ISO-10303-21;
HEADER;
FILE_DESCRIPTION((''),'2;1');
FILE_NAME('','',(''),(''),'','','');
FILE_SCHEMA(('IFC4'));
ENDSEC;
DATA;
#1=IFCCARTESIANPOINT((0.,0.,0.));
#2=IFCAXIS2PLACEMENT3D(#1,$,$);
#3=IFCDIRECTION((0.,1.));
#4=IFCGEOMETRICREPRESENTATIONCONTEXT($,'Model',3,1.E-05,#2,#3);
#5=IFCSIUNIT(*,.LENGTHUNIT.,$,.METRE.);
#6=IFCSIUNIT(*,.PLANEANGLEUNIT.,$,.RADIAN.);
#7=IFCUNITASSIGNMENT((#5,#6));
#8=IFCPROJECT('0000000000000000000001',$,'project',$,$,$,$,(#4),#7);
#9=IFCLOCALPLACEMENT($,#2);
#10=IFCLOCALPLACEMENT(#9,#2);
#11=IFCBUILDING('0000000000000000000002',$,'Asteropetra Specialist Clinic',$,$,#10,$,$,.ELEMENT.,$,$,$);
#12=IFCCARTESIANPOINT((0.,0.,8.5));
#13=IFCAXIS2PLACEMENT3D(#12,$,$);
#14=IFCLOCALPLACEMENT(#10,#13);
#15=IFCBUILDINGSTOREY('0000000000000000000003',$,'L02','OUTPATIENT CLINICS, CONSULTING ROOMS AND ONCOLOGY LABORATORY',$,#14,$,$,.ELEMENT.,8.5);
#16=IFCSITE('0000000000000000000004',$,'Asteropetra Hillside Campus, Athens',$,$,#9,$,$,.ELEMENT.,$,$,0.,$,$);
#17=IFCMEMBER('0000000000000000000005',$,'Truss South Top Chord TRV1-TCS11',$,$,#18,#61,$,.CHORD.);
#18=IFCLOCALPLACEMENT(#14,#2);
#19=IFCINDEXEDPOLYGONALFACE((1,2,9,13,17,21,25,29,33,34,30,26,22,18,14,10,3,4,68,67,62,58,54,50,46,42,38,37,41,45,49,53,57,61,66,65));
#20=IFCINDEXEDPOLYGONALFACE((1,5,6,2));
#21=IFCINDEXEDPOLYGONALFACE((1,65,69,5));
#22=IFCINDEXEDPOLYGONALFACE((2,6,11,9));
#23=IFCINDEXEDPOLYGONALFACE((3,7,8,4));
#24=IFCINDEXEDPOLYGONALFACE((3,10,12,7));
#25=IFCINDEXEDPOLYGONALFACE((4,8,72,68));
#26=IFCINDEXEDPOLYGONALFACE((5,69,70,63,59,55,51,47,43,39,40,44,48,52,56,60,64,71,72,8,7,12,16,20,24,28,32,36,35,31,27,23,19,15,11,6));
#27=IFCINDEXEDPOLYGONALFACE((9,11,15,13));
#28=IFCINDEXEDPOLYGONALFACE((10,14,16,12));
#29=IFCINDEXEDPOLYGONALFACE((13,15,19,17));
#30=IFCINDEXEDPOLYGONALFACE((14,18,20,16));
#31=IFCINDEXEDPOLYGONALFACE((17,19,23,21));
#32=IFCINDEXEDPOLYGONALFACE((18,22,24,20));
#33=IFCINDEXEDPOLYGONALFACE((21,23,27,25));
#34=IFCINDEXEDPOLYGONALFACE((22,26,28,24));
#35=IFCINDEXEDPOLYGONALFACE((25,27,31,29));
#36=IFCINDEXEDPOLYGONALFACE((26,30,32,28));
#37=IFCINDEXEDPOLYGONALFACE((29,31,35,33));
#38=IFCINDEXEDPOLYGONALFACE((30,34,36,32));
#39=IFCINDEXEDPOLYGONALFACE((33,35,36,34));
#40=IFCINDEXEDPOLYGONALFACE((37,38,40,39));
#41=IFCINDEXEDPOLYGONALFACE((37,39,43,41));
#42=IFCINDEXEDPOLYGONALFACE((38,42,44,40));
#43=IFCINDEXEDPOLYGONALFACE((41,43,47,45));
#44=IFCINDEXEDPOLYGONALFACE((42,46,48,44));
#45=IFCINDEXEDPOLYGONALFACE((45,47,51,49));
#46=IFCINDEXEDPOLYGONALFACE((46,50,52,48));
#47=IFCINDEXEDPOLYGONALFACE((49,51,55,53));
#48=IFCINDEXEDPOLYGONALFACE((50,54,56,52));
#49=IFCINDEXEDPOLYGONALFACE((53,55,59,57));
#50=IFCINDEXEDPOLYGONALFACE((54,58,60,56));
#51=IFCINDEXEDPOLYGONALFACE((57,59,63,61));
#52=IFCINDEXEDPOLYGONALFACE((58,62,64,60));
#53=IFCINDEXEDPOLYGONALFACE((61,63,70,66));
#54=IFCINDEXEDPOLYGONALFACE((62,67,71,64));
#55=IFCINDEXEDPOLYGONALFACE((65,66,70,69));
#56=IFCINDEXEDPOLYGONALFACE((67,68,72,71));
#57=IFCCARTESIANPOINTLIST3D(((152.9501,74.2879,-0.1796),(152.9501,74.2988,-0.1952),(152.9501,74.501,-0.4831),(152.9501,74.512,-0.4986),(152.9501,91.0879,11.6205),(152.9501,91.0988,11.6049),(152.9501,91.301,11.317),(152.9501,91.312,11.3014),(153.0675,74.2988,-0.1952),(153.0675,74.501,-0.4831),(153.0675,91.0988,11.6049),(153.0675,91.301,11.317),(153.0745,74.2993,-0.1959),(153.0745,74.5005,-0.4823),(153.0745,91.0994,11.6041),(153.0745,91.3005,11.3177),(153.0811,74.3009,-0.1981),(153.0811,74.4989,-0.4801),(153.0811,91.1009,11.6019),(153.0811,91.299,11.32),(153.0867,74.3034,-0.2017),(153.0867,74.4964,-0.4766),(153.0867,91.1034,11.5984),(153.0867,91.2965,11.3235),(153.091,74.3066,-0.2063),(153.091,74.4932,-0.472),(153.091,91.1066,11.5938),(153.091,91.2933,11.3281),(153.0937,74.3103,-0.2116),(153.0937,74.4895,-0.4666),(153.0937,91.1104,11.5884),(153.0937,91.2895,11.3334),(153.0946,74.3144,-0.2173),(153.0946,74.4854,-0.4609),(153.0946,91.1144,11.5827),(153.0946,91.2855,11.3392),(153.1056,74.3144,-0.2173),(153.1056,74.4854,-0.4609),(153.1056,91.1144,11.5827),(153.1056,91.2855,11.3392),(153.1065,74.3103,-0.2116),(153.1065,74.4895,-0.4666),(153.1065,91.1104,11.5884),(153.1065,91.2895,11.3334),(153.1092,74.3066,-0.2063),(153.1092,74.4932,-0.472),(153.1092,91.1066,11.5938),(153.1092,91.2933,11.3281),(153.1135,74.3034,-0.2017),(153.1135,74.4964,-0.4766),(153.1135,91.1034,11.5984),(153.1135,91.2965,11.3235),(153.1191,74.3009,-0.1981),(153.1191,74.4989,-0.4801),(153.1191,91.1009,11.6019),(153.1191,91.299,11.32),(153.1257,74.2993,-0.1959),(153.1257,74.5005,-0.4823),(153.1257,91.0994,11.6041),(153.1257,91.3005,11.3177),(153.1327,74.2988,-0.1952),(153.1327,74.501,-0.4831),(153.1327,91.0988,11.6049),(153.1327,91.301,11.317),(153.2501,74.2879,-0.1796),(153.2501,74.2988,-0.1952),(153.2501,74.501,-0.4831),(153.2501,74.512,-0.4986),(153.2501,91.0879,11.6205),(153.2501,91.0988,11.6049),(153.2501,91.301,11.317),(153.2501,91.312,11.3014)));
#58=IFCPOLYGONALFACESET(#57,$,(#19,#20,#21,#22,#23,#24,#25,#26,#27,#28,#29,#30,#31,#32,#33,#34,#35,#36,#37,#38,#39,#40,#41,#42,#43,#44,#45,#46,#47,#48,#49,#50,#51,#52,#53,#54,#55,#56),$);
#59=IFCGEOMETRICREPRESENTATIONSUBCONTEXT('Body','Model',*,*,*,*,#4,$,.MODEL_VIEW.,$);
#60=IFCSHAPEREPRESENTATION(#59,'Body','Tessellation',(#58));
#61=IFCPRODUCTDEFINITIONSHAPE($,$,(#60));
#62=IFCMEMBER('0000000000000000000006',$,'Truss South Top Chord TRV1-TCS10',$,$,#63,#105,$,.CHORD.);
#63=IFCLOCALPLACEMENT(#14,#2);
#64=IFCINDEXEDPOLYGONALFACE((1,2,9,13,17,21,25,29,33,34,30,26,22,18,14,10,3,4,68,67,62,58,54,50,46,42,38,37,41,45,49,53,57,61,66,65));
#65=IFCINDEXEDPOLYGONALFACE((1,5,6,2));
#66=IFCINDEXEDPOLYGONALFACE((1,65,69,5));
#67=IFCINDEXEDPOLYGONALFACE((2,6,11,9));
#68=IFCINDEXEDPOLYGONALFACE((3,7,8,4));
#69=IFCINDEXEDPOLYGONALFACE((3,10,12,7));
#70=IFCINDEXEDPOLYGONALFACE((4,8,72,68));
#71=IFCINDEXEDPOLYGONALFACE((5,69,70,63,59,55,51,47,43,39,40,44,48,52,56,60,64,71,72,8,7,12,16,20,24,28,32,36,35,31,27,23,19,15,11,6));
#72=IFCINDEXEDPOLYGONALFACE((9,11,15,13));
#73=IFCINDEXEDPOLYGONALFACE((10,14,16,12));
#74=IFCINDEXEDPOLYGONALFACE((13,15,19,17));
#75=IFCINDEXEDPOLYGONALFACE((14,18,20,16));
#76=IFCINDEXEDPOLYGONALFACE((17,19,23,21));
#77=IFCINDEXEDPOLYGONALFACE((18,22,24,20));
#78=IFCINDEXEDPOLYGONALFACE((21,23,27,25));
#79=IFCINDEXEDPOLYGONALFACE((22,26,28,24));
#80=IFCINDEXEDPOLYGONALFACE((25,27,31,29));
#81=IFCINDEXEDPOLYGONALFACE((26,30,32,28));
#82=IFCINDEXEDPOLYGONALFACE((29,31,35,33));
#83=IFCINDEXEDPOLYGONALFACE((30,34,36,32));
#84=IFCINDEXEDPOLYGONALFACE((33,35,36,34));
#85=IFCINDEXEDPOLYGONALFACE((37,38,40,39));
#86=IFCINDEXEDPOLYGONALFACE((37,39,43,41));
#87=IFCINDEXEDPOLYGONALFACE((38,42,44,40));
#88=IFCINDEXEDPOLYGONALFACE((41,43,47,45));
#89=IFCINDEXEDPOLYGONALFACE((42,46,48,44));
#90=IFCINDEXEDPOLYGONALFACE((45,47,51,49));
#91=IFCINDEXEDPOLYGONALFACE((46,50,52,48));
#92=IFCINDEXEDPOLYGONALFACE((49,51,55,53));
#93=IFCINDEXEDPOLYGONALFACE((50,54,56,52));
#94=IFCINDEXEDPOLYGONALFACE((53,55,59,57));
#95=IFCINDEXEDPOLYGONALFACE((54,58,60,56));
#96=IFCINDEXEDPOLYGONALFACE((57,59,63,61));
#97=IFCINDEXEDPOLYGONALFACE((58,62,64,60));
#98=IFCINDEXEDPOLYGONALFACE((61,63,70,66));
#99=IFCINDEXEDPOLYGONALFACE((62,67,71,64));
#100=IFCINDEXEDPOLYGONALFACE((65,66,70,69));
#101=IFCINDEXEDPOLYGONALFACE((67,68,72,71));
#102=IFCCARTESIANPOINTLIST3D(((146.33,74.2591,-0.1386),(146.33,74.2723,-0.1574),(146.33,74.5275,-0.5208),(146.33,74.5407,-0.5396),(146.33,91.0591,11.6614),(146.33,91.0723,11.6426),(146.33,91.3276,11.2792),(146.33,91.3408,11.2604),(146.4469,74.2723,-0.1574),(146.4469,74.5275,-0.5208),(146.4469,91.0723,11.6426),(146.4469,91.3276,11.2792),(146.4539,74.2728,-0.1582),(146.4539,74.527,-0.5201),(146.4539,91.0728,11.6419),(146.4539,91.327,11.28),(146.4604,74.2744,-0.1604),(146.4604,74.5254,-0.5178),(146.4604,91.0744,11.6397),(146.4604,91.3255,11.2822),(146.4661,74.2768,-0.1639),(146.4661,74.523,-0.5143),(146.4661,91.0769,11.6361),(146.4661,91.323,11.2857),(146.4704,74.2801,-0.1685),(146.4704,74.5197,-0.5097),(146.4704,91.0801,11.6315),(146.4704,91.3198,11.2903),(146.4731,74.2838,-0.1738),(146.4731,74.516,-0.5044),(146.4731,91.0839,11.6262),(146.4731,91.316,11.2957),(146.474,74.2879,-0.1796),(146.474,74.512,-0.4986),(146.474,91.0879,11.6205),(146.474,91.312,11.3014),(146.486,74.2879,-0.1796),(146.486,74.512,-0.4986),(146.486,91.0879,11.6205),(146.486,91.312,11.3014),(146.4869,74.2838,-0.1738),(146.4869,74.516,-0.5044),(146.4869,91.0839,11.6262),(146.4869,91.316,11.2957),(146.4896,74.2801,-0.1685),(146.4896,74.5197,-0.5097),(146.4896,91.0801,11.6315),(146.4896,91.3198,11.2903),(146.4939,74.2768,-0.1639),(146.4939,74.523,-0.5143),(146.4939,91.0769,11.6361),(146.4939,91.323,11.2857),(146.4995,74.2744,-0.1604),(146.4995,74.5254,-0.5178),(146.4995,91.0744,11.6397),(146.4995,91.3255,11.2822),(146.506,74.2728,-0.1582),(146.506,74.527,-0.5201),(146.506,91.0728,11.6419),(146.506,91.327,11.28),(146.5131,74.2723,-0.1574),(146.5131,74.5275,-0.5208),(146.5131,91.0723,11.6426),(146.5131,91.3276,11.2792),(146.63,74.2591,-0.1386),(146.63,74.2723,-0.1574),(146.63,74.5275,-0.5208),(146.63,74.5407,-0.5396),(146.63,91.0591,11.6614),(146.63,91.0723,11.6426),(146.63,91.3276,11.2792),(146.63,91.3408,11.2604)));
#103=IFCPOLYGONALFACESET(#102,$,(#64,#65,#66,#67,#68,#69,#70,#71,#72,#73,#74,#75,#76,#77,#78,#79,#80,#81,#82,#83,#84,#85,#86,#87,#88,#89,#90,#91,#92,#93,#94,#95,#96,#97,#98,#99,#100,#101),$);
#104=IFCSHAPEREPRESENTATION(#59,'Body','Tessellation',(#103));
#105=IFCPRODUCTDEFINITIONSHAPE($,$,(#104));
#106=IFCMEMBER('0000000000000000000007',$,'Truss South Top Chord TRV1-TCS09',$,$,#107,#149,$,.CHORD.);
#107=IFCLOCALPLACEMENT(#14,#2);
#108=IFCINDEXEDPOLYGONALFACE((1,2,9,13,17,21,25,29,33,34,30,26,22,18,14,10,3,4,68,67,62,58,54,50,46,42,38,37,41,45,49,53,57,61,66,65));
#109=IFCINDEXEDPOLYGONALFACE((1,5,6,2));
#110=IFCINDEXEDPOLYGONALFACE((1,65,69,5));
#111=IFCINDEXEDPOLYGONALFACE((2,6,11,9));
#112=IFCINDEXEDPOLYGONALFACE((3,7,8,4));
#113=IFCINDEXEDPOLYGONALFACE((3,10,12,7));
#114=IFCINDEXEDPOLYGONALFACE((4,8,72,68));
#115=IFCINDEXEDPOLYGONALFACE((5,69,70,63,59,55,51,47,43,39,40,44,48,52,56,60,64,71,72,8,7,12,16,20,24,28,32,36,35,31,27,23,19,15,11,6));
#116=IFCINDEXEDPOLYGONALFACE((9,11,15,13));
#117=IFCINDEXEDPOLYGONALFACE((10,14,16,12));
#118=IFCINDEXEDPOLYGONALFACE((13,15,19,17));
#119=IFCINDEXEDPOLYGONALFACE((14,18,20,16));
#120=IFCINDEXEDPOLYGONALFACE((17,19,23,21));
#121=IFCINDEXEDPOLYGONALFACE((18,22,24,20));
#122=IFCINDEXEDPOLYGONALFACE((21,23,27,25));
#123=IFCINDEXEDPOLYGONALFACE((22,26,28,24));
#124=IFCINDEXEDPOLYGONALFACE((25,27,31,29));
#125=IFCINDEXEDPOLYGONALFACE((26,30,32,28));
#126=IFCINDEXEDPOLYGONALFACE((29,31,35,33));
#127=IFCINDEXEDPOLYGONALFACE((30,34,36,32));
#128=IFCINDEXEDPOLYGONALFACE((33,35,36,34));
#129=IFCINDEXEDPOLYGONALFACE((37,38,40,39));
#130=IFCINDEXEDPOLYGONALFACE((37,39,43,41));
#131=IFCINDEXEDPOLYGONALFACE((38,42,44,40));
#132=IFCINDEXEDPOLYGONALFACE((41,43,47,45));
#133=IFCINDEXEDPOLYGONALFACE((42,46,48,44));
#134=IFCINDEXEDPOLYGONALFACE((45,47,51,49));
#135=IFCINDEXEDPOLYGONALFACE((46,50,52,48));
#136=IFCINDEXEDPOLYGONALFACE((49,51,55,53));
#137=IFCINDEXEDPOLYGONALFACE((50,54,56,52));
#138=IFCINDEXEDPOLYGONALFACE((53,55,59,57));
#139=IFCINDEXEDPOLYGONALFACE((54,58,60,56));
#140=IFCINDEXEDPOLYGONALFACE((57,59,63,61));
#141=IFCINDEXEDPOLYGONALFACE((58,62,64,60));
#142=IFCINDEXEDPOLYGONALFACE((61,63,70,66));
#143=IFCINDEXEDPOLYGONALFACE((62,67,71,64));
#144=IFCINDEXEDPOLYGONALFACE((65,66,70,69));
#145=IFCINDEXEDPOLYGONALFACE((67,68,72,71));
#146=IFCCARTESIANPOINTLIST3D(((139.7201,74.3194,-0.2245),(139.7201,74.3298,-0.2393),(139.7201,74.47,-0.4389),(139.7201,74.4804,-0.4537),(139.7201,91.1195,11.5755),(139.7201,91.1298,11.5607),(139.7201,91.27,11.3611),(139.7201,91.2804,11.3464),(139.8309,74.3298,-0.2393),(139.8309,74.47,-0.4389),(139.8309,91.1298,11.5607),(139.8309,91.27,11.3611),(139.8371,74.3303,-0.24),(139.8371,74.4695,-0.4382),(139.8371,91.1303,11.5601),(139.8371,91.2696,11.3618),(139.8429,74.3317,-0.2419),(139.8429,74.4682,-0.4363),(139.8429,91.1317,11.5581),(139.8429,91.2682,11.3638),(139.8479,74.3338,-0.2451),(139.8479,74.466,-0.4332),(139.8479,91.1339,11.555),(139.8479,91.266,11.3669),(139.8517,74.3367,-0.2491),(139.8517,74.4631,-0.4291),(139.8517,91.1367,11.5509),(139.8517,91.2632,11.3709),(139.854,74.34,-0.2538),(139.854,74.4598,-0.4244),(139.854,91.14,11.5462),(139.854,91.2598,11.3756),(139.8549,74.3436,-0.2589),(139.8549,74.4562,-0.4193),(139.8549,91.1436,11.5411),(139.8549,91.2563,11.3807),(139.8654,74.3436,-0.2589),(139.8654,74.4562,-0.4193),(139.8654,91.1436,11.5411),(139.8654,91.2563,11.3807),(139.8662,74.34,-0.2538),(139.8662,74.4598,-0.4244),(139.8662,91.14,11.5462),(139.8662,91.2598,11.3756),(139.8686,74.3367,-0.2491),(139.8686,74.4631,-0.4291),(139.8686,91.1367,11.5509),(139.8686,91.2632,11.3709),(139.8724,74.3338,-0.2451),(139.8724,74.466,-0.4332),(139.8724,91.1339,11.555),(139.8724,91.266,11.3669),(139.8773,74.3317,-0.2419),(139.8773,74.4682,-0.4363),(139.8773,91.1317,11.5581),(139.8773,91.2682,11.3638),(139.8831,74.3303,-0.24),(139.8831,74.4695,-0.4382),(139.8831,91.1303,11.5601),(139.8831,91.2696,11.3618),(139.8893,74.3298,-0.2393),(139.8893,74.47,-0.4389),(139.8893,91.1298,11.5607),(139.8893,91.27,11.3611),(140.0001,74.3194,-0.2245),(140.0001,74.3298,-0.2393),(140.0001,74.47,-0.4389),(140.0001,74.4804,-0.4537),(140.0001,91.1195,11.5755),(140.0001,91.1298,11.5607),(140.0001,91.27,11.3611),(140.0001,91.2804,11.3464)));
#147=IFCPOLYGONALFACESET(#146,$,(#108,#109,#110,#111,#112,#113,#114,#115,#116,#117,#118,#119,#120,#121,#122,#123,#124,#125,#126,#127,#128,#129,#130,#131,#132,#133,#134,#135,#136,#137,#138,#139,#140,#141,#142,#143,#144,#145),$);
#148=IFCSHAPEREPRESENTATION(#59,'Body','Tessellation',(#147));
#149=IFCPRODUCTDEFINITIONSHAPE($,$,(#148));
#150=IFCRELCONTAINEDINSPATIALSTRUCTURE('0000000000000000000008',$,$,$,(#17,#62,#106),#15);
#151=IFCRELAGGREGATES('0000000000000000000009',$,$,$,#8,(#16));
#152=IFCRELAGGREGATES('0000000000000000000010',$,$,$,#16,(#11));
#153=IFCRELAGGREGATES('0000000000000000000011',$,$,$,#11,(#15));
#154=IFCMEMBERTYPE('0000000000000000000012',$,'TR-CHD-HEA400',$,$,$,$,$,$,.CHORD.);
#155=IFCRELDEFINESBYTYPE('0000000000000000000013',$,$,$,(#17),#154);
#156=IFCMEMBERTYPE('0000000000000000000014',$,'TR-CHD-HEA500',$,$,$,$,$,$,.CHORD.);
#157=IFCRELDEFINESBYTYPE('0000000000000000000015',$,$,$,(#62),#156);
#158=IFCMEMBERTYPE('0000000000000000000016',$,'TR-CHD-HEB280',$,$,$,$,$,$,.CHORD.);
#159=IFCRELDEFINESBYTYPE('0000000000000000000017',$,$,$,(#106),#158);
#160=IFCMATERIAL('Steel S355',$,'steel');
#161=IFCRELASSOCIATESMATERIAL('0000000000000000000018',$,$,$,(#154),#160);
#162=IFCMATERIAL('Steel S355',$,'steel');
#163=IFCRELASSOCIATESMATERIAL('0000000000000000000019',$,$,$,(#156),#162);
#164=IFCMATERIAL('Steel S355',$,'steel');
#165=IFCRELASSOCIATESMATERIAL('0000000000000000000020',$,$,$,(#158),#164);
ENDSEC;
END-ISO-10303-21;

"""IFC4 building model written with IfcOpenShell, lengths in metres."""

from ifc_helpers import new_model, si_unit, direction, frame, origin, origin_2d, place, context, subcontext, project, spatial, i_section, extrude, material, material_profile, profile_set, type_object, element, save


model = new_model("IFC4")

# Units and contexts
model_context = context("Model", 3, precision=1e-05, world=origin(), true_north=direction((0.0, 1.0)))
body_context = subcontext(model_context, "Body", "Model", "MODEL_VIEW")
ifc_project = project(units=[si_unit("LENGTHUNIT", "METRE"), si_unit("PLANEANGLEUNIT", "RADIAN")], contexts=[model_context])

# Site, building, storey
site_placement = place(None, origin())
site = spatial("IfcSite", under=ifc_project, at=site_placement, Name="Asteropetra Hillside Campus, Athens", CompositionType="ELEMENT", RefElevation=0.0)
building_placement = place(site_placement, origin())
building = spatial("IfcBuilding", under=site, at=building_placement, Name="Asteropetra Specialist Clinic", CompositionType="ELEMENT")
storey_placement = place(building_placement, frame((0.0, 0.0, 8.5)))
storey = spatial("IfcBuildingStorey", under=building, at=storey_placement, Name="L02", Description="OUTPATIENT CLINICS, CONSULTING ROOMS AND ONCOLOGY LABORATORY", CompositionType="ELEMENT", Elevation=8.5)

# Members
ifc_material_1 = material(Name="Steel S355", Category="steel")
ifc_material_profile_1 = material_profile(ifc_material_1, i_section(OverallWidth=0.3, OverallDepth=0.3899, WebThickness=0.011, FlangeThickness=0.019, FilletRadius=0.0271, at=origin_2d()), Name="HEA 400")
ifc_profile_set_1 = profile_set([ifc_material_profile_1], Name="Steel S355")
member_type_1 = type_object("IfcMemberType", Name="TR-CHD-HEA400", PredefinedType="CHORD", material=ifc_profile_set_1)
for number, where, z_axis, x_axis, name in (
    (1, (153.1001, 74.3999, -0.3391), (0.0, 0.818315, 0.57477), (-1.0, 0.0, 0.0), "Truss South Top Chord TRV1-TCS11"),
):
    element("IfcMember", number, at=place(storey_placement, frame(where, z_axis=z_axis, x_axis=x_axis)), inside=storey, type_object=member_type_1, Name=name, PredefinedType="CHORD", context=body_context, shape_type="SweptSolid", body=[
        extrude(i_section(OverallWidth=0.3, OverallDepth=0.3899, WebThickness=0.011, FlangeThickness=0.019, FilletRadius=0.0271, at=origin_2d()), origin(), (0.0, 0.0, 1.0), 20.53),
    ])
ifc_material_2 = material(Name="Steel S355", Category="steel")
ifc_material_profile_2 = material_profile(ifc_material_2, i_section(OverallWidth=0.3, OverallDepth=0.49, WebThickness=0.012, FlangeThickness=0.0229, FilletRadius=0.0271, at=origin_2d()), Name="HEA 500")
ifc_profile_set_2 = profile_set([ifc_material_profile_2], Name="Steel S355")
member_type_2 = type_object("IfcMemberType", Name="TR-CHD-HEA500", PredefinedType="CHORD", material=ifc_profile_set_2)
member_1_placement = place(storey_placement, frame((146.48, 74.3999, -0.3391), z_axis=(0.0, 0.818315, 0.57477), x_axis=(-1.0, 0.0, 0.0)))
element("IfcMember", 2, at=member_1_placement, inside=storey, type_object=member_type_2, Name="Truss South Top Chord TRV1-TCS10", PredefinedType="CHORD", context=body_context, shape_type="SweptSolid", body=[
    extrude(i_section(OverallWidth=0.3, OverallDepth=0.49, WebThickness=0.012, FlangeThickness=0.0229, FilletRadius=0.0271, at=origin_2d()), origin(), (0.0, 0.0, 1.0), 20.53),
])
ifc_material_3 = material(Name="Steel S355", Category="steel")
ifc_material_profile_3 = material_profile(ifc_material_3, i_section(OverallWidth=0.28, OverallDepth=0.28, WebThickness=0.0105, FlangeThickness=0.0181, FilletRadius=0.0239, at=origin_2d()), Name="HEB 280")
ifc_profile_set_3 = profile_set([ifc_material_profile_3], Name="Steel S355")
member_type_3 = type_object("IfcMemberType", Name="TR-CHD-HEB280", PredefinedType="CHORD", material=ifc_profile_set_3)
member_2_placement = place(storey_placement, frame((139.8601, 74.3999, -0.3391), z_axis=(0.0, 0.818315, 0.57477), x_axis=(-1.0, 0.0, 0.0)))
element("IfcMember", 3, at=member_2_placement, inside=storey, type_object=member_type_3, Name="Truss South Top Chord TRV1-TCS09", PredefinedType="CHORD", context=body_context, shape_type="SweptSolid", body=[
    extrude(i_section(OverallWidth=0.28, OverallDepth=0.28, WebThickness=0.0105, FlangeThickness=0.0181, FilletRadius=0.0239, at=origin_2d()), origin(), (0.0, 0.0, 1.0), 20.53),
])

save(model, "model.ifc")
